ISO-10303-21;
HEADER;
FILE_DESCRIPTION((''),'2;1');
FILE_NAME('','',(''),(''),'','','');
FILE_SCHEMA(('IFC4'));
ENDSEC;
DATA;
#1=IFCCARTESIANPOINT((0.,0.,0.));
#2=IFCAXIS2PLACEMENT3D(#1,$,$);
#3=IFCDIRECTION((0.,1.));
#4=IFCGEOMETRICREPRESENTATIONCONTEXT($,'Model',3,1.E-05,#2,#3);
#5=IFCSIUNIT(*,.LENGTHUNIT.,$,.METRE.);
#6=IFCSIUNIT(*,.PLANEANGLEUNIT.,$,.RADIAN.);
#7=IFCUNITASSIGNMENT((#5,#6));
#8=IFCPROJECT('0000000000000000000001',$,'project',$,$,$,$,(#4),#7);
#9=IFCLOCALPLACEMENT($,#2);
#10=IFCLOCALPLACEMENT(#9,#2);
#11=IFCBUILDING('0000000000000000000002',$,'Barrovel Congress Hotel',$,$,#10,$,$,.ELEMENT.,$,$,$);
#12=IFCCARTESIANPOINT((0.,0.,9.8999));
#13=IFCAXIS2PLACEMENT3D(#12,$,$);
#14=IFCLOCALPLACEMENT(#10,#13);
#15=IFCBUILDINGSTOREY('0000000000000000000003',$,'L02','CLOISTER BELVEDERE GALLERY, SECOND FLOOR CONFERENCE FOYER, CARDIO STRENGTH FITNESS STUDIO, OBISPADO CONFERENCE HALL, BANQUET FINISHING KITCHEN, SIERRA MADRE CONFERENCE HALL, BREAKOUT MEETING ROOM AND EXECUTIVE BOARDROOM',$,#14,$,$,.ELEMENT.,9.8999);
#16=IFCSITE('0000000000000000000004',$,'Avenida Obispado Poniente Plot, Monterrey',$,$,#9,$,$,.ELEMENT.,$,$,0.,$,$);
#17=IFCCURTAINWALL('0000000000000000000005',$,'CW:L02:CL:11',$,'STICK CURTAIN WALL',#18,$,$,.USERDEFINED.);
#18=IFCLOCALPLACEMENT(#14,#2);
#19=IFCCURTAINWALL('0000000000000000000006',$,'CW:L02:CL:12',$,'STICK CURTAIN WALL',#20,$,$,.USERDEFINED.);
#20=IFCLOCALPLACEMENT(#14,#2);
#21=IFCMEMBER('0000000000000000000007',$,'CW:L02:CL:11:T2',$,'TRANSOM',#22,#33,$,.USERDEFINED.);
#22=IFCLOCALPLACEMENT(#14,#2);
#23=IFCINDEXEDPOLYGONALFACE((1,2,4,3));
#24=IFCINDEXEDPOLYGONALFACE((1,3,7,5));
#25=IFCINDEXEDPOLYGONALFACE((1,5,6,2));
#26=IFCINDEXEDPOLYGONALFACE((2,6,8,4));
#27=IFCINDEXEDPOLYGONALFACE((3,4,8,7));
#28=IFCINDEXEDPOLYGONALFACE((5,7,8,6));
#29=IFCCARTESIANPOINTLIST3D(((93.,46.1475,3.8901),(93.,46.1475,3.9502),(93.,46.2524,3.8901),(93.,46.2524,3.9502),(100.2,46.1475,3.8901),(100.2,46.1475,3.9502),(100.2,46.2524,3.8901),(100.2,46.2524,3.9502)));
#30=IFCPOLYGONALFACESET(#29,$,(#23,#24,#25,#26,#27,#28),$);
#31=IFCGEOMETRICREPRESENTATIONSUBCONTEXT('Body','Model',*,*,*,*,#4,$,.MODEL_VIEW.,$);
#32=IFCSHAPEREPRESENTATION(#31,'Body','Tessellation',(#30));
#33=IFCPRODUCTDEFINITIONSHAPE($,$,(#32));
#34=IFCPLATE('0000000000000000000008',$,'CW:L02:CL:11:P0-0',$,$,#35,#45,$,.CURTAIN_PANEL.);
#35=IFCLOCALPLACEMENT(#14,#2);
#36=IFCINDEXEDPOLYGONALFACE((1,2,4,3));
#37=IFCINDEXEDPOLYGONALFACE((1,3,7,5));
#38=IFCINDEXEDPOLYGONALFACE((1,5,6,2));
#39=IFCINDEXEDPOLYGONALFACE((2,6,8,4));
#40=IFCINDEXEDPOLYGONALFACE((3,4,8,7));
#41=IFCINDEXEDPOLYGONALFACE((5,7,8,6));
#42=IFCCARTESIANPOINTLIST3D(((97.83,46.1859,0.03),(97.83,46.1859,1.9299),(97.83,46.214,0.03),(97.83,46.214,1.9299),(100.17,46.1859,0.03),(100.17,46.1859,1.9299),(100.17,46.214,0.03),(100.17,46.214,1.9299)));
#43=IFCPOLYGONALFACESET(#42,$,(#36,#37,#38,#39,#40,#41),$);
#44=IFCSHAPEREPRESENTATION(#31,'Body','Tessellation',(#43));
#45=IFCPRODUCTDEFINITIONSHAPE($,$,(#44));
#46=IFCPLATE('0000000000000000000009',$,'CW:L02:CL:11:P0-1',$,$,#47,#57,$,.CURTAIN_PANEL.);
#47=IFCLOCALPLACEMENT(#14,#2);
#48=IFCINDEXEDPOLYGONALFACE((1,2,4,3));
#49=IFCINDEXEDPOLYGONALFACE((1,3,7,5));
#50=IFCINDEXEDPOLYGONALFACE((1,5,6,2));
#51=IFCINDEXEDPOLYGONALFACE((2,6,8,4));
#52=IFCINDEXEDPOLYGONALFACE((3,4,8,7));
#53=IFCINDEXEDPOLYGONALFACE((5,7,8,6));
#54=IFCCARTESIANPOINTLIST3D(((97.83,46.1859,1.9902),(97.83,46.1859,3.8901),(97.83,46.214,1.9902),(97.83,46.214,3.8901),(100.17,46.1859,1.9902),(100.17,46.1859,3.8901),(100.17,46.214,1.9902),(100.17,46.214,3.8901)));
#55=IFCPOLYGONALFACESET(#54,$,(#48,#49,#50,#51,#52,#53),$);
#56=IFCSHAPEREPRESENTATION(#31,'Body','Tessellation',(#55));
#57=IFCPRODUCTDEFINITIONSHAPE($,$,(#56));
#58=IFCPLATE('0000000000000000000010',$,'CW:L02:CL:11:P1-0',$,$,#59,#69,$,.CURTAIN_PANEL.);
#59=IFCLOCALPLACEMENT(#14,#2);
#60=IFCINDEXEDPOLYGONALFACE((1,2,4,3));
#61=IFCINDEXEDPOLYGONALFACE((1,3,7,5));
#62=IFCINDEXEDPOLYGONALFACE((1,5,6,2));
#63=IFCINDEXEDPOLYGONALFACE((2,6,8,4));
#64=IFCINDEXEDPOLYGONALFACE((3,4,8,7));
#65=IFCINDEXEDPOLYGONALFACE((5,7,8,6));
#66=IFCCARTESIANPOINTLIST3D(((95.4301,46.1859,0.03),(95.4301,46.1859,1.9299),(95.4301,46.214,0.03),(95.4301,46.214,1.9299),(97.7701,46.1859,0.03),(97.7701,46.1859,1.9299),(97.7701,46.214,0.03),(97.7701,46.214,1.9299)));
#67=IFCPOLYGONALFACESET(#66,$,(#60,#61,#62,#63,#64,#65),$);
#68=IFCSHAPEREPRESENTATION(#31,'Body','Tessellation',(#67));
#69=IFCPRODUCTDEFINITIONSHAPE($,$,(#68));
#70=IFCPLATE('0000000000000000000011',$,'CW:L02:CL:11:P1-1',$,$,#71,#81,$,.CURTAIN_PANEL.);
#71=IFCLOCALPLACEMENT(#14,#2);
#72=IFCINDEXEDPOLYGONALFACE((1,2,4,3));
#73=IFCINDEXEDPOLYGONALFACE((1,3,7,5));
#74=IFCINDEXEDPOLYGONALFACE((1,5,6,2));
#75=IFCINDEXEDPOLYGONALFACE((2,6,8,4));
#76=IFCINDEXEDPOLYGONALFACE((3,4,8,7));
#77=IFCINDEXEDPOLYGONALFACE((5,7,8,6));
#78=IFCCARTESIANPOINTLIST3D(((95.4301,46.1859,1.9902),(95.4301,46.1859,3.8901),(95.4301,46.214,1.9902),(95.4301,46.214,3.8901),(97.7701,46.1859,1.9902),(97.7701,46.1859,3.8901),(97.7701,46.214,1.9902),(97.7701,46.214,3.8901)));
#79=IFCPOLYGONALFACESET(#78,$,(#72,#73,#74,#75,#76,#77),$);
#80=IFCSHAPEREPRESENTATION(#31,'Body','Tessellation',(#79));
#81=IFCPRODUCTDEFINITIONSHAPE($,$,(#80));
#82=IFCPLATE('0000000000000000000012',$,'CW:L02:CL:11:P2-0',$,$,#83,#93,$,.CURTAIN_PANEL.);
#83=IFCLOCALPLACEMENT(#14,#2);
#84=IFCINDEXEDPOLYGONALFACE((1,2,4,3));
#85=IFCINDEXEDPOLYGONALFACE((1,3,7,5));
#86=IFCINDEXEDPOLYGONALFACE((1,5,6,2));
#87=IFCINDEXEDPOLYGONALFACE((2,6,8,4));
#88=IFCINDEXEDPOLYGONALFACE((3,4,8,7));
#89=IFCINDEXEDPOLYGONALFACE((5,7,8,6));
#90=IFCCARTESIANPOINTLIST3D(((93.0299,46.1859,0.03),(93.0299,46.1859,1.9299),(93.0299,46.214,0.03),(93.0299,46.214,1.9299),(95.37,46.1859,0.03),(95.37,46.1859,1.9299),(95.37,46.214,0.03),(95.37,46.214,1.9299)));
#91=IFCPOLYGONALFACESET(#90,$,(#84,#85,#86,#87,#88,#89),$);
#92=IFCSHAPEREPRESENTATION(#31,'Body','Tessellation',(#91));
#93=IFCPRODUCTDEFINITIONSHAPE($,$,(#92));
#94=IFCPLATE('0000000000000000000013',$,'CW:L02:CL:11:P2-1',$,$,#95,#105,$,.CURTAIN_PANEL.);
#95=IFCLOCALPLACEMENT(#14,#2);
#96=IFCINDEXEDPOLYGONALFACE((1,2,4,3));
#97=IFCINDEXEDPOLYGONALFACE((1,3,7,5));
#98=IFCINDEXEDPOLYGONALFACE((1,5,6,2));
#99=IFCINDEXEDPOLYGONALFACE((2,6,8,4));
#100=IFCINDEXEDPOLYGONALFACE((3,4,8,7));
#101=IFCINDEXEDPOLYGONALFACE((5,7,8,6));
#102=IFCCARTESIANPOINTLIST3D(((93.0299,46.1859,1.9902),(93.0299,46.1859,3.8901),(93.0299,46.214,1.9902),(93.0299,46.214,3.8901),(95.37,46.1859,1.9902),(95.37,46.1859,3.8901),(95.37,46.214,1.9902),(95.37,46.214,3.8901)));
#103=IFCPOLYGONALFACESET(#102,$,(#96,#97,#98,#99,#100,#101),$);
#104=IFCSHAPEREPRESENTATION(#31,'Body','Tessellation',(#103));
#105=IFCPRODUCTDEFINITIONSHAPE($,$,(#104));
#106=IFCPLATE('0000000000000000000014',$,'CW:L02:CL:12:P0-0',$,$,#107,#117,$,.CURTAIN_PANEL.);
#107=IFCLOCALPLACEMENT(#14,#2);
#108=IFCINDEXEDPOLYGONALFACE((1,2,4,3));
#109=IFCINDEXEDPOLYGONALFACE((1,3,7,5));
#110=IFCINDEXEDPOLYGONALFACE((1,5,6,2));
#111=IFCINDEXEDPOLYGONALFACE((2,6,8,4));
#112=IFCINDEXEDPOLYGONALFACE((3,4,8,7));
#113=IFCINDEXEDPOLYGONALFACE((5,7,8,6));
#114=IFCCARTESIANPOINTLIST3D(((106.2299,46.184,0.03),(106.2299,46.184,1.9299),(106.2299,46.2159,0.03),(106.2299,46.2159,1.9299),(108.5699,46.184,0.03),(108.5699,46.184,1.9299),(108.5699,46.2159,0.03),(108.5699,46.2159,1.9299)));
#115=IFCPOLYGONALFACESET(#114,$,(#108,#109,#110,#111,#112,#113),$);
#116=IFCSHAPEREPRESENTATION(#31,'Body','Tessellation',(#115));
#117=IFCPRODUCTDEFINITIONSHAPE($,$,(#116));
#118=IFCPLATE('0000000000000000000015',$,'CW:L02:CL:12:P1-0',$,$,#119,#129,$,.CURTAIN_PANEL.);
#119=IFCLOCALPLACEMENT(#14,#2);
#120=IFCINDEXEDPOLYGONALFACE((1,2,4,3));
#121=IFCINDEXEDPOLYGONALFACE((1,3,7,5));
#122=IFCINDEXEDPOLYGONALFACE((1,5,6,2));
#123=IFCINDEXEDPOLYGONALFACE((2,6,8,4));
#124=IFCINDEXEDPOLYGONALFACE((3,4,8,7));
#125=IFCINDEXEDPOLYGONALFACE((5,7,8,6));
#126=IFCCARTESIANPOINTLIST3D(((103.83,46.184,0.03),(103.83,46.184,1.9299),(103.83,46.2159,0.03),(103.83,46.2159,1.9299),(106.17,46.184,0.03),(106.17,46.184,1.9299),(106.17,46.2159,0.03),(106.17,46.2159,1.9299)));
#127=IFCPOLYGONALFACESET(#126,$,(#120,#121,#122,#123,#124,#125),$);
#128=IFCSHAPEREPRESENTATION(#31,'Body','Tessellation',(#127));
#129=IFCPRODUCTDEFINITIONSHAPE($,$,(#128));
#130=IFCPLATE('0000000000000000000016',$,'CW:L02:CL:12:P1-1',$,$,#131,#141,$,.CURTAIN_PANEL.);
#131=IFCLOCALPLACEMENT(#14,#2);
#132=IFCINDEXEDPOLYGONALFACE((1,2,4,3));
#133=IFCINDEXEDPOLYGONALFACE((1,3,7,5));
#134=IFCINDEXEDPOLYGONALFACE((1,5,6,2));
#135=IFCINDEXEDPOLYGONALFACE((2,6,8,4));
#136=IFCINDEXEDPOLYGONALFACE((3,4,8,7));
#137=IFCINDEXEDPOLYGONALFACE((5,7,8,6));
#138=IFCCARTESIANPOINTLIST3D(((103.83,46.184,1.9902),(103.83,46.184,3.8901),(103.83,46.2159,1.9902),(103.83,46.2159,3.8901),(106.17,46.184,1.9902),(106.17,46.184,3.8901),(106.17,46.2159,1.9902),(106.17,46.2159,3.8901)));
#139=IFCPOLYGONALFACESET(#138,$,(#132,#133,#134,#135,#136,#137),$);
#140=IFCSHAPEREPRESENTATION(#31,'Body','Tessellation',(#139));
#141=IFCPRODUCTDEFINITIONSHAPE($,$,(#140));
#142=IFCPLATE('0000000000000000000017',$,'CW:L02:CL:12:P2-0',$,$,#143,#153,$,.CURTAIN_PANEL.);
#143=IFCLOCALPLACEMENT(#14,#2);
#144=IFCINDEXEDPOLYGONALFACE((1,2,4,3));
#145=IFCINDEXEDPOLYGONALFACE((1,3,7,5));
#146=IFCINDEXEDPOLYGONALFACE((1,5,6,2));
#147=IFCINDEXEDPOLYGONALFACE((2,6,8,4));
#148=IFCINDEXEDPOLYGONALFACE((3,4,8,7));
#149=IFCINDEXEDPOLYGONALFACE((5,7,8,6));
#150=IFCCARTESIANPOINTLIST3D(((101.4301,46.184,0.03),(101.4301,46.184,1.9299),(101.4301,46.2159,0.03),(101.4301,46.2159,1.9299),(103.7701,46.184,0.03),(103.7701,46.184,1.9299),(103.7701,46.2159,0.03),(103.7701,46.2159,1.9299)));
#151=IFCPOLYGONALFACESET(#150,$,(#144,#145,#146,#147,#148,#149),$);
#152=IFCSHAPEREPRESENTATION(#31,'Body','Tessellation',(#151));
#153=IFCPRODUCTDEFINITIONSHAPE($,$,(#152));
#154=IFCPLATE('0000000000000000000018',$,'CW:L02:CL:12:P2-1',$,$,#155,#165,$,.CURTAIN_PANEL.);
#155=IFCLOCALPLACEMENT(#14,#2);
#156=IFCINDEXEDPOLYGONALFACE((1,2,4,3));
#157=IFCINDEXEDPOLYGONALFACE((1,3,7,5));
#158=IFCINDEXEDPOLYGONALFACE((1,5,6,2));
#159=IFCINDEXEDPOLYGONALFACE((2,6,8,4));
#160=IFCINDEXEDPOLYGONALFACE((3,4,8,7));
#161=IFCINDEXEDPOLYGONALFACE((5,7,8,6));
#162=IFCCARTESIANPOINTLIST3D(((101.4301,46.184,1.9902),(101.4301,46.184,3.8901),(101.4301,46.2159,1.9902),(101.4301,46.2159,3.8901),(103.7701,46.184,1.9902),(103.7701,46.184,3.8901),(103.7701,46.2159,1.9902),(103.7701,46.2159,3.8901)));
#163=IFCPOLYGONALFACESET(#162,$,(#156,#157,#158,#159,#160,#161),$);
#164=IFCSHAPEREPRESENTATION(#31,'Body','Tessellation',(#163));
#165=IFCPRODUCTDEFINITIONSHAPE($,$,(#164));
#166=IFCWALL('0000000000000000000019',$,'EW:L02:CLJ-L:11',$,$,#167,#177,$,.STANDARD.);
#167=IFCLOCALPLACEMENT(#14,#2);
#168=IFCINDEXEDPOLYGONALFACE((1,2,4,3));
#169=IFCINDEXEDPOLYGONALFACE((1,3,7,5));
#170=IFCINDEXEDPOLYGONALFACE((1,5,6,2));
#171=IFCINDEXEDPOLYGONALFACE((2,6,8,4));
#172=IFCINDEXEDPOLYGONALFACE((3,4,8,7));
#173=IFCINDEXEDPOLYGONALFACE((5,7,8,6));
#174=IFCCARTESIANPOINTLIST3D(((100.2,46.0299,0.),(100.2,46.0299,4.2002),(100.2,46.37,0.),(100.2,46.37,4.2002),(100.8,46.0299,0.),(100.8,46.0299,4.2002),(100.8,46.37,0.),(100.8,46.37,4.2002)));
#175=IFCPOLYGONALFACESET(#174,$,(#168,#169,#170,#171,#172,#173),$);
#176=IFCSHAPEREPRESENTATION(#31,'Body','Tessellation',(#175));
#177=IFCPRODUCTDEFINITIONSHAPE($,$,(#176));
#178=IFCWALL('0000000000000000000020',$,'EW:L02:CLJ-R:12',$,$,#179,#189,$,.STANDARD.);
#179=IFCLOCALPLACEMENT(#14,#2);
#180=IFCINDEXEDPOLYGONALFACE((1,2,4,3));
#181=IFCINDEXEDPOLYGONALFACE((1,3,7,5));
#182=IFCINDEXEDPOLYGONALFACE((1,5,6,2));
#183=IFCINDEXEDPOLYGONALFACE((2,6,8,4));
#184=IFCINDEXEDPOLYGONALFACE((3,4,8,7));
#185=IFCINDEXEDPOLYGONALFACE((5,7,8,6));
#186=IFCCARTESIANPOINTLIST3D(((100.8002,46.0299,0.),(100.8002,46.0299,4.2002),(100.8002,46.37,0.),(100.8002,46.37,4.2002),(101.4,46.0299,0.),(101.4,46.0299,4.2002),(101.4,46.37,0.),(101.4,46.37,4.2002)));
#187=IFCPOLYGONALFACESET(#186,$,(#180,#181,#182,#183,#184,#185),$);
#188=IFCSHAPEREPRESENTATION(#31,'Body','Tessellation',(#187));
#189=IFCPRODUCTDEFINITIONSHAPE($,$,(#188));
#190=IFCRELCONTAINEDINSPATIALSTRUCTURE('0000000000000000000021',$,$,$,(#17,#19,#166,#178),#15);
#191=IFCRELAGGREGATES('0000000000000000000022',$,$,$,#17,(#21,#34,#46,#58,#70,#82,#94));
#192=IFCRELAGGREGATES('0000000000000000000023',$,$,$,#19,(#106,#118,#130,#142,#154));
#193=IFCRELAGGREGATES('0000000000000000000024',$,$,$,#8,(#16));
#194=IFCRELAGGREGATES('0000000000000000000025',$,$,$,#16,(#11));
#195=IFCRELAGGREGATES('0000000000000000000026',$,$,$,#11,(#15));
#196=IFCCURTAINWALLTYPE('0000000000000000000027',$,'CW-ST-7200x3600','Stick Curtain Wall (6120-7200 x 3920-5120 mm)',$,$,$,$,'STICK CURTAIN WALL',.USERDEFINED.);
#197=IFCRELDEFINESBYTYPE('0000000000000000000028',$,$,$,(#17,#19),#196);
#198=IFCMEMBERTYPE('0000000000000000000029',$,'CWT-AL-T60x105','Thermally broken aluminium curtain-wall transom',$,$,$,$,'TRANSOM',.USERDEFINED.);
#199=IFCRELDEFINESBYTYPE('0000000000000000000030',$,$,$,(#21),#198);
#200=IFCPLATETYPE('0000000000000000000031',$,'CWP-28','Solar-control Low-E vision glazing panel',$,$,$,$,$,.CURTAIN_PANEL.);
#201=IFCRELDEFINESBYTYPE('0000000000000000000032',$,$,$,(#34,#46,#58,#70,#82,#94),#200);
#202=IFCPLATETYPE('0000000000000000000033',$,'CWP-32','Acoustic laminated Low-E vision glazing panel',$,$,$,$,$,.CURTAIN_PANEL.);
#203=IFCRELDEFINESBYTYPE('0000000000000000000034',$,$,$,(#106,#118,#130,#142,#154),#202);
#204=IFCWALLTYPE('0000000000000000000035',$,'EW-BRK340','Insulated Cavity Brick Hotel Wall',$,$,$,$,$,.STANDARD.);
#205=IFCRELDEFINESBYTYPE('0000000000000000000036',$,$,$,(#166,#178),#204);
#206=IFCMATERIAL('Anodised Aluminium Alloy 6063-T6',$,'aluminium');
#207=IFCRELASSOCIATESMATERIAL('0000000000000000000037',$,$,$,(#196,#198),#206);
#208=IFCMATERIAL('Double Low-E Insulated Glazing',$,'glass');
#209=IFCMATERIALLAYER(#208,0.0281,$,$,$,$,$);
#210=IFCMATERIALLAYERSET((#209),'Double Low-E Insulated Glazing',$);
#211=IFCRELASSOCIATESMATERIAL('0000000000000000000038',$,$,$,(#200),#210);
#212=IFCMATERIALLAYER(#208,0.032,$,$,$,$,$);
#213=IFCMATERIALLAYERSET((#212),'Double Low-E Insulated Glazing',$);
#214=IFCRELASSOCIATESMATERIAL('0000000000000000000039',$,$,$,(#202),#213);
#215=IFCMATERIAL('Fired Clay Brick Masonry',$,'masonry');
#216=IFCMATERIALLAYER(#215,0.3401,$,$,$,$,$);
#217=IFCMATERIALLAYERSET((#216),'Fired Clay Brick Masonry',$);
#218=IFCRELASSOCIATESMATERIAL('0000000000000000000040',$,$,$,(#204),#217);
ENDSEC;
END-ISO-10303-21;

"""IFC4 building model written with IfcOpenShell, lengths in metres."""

from ifc_helpers import new_model, si_unit, direction, frame, frame_2d, origin, origin_2d, place, context, subcontext, project, spatial, rectangle, extrude, material, layer, layer_set, material_profile, profile_set, type_object, element, aggregate, save


model = new_model("IFC4")

# Units and contexts
model_context = context("Model", 3, precision=1e-05, world=origin(), true_north=direction((0.0, 1.0)))
body_context = subcontext(model_context, "Body", "Model", "MODEL_VIEW")
ifc_project = project(units=[si_unit("LENGTHUNIT", "METRE"), si_unit("PLANEANGLEUNIT", "RADIAN")], contexts=[model_context])

# Site, building, storey
site_placement = place(None, origin())
site = spatial("IfcSite", under=ifc_project, at=site_placement, Name="Avenida Obispado Poniente Plot, Monterrey", CompositionType="ELEMENT", RefElevation=0.0)
building_placement = place(site_placement, origin())
building = spatial("IfcBuilding", under=site, at=building_placement, Name="Barrovel Congress Hotel", CompositionType="ELEMENT")
storey_placement = place(building_placement, frame((0.0, 0.0, 9.8999)))
storey = spatial("IfcBuildingStorey", under=building, at=storey_placement, Name="L02", Description="CLOISTER BELVEDERE GALLERY, SECOND FLOOR CONFERENCE FOYER, CARDIO STRENGTH FITNESS STUDIO, OBISPADO CONFERENCE HALL, BANQUET FINISHING KITCHEN, SIERRA MADRE CONFERENCE HALL, BREAKOUT MEETING ROOM AND EXECUTIVE BOARDROOM", CompositionType="ELEMENT", Elevation=9.8999)

# Curtain walls
ifc_material_1 = material(Name="Anodised Aluminium Alloy 6063-T6", Category="aluminium")
curtain_wall_type = type_object("IfcCurtainWallType", Name="CW-ST-7200x3600", Description="Stick Curtain Wall (6120-7200 x 3920-5120 mm)", ElementType="STICK CURTAIN WALL", PredefinedType="USERDEFINED", material=ifc_material_1)
curtain_wall_1_placement = place(storey_placement, origin())
curtain_wall_1 = element("IfcCurtainWall", 1, at=curtain_wall_1_placement, inside=storey, type_object=curtain_wall_type, Name="CW:L02:CL:11", ObjectType="STICK CURTAIN WALL", PredefinedType="USERDEFINED")
curtain_wall_2_placement = place(storey_placement, origin())
curtain_wall_2 = element("IfcCurtainWall", 2, at=curtain_wall_2_placement, inside=storey, type_object=curtain_wall_type, Name="CW:L02:CL:12", ObjectType="STICK CURTAIN WALL", PredefinedType="USERDEFINED")

# Member
ifc_material_profile_1 = material_profile(ifc_material_1, rectangle(XDim=0.105, YDim=0.0601, at=origin_2d()), Name="AL-T60x105")
ifc_profile_set_1 = profile_set([ifc_material_profile_1], Name="Anodised Aluminium Alloy 6063-T6")
member_type_1 = type_object("IfcMemberType", Name="CWT-AL-T60x105", Description="Thermally broken aluminium curtain-wall transom", ElementType="TRANSOM", PredefinedType="USERDEFINED", material=ifc_profile_set_1)
member_1_placement = place(storey_placement, frame((100.2, 46.2, 3.9202), z_axis=(-1.0, 0.0, 0.0), x_axis=(0.0, -1.0, 0.0)))
member_1 = element("IfcMember", 3, at=member_1_placement, type_object=member_type_1, Name="CW:L02:CL:11:T2", ObjectType="TRANSOM", PredefinedType="USERDEFINED", context=body_context, shape_type="SweptSolid", body=[
    extrude(rectangle(XDim=0.105, YDim=0.0601, at=origin_2d()), origin(), (0.0, 0.0, 1.0), 7.2),
])

# Plates
ifc_material_2 = material(Name="Double Low-E Insulated Glazing", Category="glass")
ifc_layer_1 = layer(ifc_material_2, 0.0281)
ifc_layer_set_1 = layer_set([ifc_layer_1], Name="Double Low-E Insulated Glazing")
plate_type_1 = type_object("IfcPlateType", Name="CWP-28", Description="Solar-control Low-E vision glazing panel", PredefinedType="CURTAIN_PANEL", material=ifc_layer_set_1)
plate_1_placement = place(storey_placement, frame((99.0, 46.2, 0.03), z_axis=(0.0, 0.0, 1.0), x_axis=(-1.0, 0.0, 0.0)))
plate_1 = element("IfcPlate", 4, at=plate_1_placement, type_object=plate_type_1, Name="CW:L02:CL:11:P0-0", PredefinedType="CURTAIN_PANEL", context=body_context, shape_type="SweptSolid", body=[
    extrude(rectangle(XDim=2.3401, YDim=0.0281, at=origin_2d()), origin(), (0.0, 0.0, 1.0), 1.8999),
])
plate_2_placement = place(storey_placement, frame((99.0, 46.2, 1.9902), z_axis=(0.0, 0.0, 1.0), x_axis=(-1.0, 0.0, 0.0)))
plate_2 = element("IfcPlate", 5, at=plate_2_placement, type_object=plate_type_1, Name="CW:L02:CL:11:P0-1", PredefinedType="CURTAIN_PANEL", context=body_context, shape_type="SweptSolid", body=[
    extrude(rectangle(XDim=2.3401, YDim=0.0281, at=origin_2d()), origin(), (0.0, 0.0, 1.0), 1.8999),
])
plate_3_placement = place(storey_placement, frame((96.6001, 46.2, 0.03), z_axis=(0.0, 0.0, 1.0), x_axis=(-1.0, 0.0, 0.0)))
plate_3 = element("IfcPlate", 6, at=plate_3_placement, type_object=plate_type_1, Name="CW:L02:CL:11:P1-0", PredefinedType="CURTAIN_PANEL", context=body_context, shape_type="SweptSolid", body=[
    extrude(rectangle(XDim=2.3401, YDim=0.0281, at=origin_2d()), origin(), (0.0, 0.0, 1.0), 1.8999),
])
plate_4_placement = place(storey_placement, frame((96.6001, 46.2, 1.9902), z_axis=(0.0, 0.0, 1.0), x_axis=(-1.0, 0.0, 0.0)))
plate_4 = element("IfcPlate", 7, at=plate_4_placement, type_object=plate_type_1, Name="CW:L02:CL:11:P1-1", PredefinedType="CURTAIN_PANEL", context=body_context, shape_type="SweptSolid", body=[
    extrude(rectangle(XDim=2.3401, YDim=0.0281, at=origin_2d()), origin(), (0.0, 0.0, 1.0), 1.8999),
])
plate_5_placement = place(storey_placement, frame((94.2, 46.2, 0.03), z_axis=(0.0, 0.0, 1.0), x_axis=(-1.0, 0.0, 0.0)))
plate_5 = element("IfcPlate", 8, at=plate_5_placement, type_object=plate_type_1, Name="CW:L02:CL:11:P2-0", PredefinedType="CURTAIN_PANEL", context=body_context, shape_type="SweptSolid", body=[
    extrude(rectangle(XDim=2.3401, YDim=0.0281, at=origin_2d()), origin(), (0.0, 0.0, 1.0), 1.8999),
])
plate_6_placement = place(storey_placement, frame((94.2, 46.2, 1.9902), z_axis=(0.0, 0.0, 1.0), x_axis=(-1.0, 0.0, 0.0)))
plate_6 = element("IfcPlate", 9, at=plate_6_placement, type_object=plate_type_1, Name="CW:L02:CL:11:P2-1", PredefinedType="CURTAIN_PANEL", context=body_context, shape_type="SweptSolid", body=[
    extrude(rectangle(XDim=2.3401, YDim=0.0281, at=origin_2d()), origin(), (0.0, 0.0, 1.0), 1.8999),
])
aggregate(curtain_wall_1, [member_1, plate_1, plate_2, plate_3, plate_4, plate_5, plate_6])
ifc_layer_2 = layer(ifc_material_2, 0.032)
ifc_layer_set_2 = layer_set([ifc_layer_2], Name="Double Low-E Insulated Glazing")
plate_type_2 = type_object("IfcPlateType", Name="CWP-32", Description="Acoustic laminated Low-E vision glazing panel", PredefinedType="CURTAIN_PANEL", material=ifc_layer_set_2)
plate_7_placement = place(storey_placement, frame((107.3999, 46.2, 0.03), z_axis=(0.0, 0.0, 1.0), x_axis=(-1.0, 0.0, 0.0)))
plate_7 = element("IfcPlate", 10, at=plate_7_placement, type_object=plate_type_2, Name="CW:L02:CL:12:P0-0", PredefinedType="CURTAIN_PANEL", context=body_context, shape_type="SweptSolid", body=[
    extrude(rectangle(XDim=2.3401, YDim=0.032, at=origin_2d()), origin(), (0.0, 0.0, 1.0), 1.8999),
])
plate_8_placement = place(storey_placement, frame((105.0, 46.2, 0.03), z_axis=(0.0, 0.0, 1.0), x_axis=(-1.0, 0.0, 0.0)))
plate_8 = element("IfcPlate", 11, at=plate_8_placement, type_object=plate_type_2, Name="CW:L02:CL:12:P1-0", PredefinedType="CURTAIN_PANEL", context=body_context, shape_type="SweptSolid", body=[
    extrude(rectangle(XDim=2.3401, YDim=0.032, at=origin_2d()), origin(), (0.0, 0.0, 1.0), 1.8999),
])
plate_9_placement = place(storey_placement, frame((105.0, 46.2, 1.9902), z_axis=(0.0, 0.0, 1.0), x_axis=(-1.0, 0.0, 0.0)))
plate_9 = element("IfcPlate", 12, at=plate_9_placement, type_object=plate_type_2, Name="CW:L02:CL:12:P1-1", PredefinedType="CURTAIN_PANEL", context=body_context, shape_type="SweptSolid", body=[
    extrude(rectangle(XDim=2.3401, YDim=0.032, at=origin_2d()), origin(), (0.0, 0.0, 1.0), 1.8999),
])
plate_10_placement = place(storey_placement, frame((102.6001, 46.2, 0.03), z_axis=(0.0, 0.0, 1.0), x_axis=(-1.0, 0.0, 0.0)))
plate_10 = element("IfcPlate", 13, at=plate_10_placement, type_object=plate_type_2, Name="CW:L02:CL:12:P2-0", PredefinedType="CURTAIN_PANEL", context=body_context, shape_type="SweptSolid", body=[
    extrude(rectangle(XDim=2.3401, YDim=0.032, at=origin_2d()), origin(), (0.0, 0.0, 1.0), 1.8999),
])
plate_11_placement = place(storey_placement, frame((102.6001, 46.2, 1.9902), z_axis=(0.0, 0.0, 1.0), x_axis=(-1.0, 0.0, 0.0)))
plate_11 = element("IfcPlate", 14, at=plate_11_placement, type_object=plate_type_2, Name="CW:L02:CL:12:P2-1", PredefinedType="CURTAIN_PANEL", context=body_context, shape_type="SweptSolid", body=[
    extrude(rectangle(XDim=2.3401, YDim=0.032, at=origin_2d()), origin(), (0.0, 0.0, 1.0), 1.8999),
])
aggregate(curtain_wall_2, [plate_7, plate_8, plate_9, plate_10, plate_11])

# Walls
ifc_material_3 = material(Name="Fired Clay Brick Masonry", Category="masonry")
ifc_layer_3 = layer(ifc_material_3, 0.3401)
ifc_layer_set_3 = layer_set([ifc_layer_3], Name="Fired Clay Brick Masonry")
wall_type = type_object("IfcWallType", Name="EW-BRK340", Description="Insulated Cavity Brick Hotel Wall", PredefinedType="STANDARD", material=ifc_layer_set_3)
wall_1_placement = place(storey_placement, frame((100.8, 46.2, 0.0), z_axis=(0.0, 0.0, 1.0), x_axis=(-1.0, 0.0, 0.0)))
element("IfcWall", 15, at=wall_1_placement, inside=storey, type_object=wall_type, Name="EW:L02:CLJ-L:11", PredefinedType="STANDARD", context=body_context, shape_type="SweptSolid", body=[
    extrude(rectangle(XDim=0.6001, YDim=0.3401, at=frame_2d((0.3, 0.0))), origin(), (0.0, 0.0, 1.0), 4.2002),
])
wall_2_placement = place(storey_placement, frame((101.3999, 46.2, 0.0), z_axis=(0.0, 0.0, 1.0), x_axis=(-1.0, 0.0, 0.0)))
element("IfcWall", 16, at=wall_2_placement, inside=storey, type_object=wall_type, Name="EW:L02:CLJ-R:12", PredefinedType="STANDARD", context=body_context, shape_type="SweptSolid", body=[
    extrude(rectangle(XDim=0.5999, YDim=0.3401, at=frame_2d((0.2998, 0.0))), origin(), (0.0, 0.0, 1.0), 4.2002),
])

save(model, "model.ifc")
